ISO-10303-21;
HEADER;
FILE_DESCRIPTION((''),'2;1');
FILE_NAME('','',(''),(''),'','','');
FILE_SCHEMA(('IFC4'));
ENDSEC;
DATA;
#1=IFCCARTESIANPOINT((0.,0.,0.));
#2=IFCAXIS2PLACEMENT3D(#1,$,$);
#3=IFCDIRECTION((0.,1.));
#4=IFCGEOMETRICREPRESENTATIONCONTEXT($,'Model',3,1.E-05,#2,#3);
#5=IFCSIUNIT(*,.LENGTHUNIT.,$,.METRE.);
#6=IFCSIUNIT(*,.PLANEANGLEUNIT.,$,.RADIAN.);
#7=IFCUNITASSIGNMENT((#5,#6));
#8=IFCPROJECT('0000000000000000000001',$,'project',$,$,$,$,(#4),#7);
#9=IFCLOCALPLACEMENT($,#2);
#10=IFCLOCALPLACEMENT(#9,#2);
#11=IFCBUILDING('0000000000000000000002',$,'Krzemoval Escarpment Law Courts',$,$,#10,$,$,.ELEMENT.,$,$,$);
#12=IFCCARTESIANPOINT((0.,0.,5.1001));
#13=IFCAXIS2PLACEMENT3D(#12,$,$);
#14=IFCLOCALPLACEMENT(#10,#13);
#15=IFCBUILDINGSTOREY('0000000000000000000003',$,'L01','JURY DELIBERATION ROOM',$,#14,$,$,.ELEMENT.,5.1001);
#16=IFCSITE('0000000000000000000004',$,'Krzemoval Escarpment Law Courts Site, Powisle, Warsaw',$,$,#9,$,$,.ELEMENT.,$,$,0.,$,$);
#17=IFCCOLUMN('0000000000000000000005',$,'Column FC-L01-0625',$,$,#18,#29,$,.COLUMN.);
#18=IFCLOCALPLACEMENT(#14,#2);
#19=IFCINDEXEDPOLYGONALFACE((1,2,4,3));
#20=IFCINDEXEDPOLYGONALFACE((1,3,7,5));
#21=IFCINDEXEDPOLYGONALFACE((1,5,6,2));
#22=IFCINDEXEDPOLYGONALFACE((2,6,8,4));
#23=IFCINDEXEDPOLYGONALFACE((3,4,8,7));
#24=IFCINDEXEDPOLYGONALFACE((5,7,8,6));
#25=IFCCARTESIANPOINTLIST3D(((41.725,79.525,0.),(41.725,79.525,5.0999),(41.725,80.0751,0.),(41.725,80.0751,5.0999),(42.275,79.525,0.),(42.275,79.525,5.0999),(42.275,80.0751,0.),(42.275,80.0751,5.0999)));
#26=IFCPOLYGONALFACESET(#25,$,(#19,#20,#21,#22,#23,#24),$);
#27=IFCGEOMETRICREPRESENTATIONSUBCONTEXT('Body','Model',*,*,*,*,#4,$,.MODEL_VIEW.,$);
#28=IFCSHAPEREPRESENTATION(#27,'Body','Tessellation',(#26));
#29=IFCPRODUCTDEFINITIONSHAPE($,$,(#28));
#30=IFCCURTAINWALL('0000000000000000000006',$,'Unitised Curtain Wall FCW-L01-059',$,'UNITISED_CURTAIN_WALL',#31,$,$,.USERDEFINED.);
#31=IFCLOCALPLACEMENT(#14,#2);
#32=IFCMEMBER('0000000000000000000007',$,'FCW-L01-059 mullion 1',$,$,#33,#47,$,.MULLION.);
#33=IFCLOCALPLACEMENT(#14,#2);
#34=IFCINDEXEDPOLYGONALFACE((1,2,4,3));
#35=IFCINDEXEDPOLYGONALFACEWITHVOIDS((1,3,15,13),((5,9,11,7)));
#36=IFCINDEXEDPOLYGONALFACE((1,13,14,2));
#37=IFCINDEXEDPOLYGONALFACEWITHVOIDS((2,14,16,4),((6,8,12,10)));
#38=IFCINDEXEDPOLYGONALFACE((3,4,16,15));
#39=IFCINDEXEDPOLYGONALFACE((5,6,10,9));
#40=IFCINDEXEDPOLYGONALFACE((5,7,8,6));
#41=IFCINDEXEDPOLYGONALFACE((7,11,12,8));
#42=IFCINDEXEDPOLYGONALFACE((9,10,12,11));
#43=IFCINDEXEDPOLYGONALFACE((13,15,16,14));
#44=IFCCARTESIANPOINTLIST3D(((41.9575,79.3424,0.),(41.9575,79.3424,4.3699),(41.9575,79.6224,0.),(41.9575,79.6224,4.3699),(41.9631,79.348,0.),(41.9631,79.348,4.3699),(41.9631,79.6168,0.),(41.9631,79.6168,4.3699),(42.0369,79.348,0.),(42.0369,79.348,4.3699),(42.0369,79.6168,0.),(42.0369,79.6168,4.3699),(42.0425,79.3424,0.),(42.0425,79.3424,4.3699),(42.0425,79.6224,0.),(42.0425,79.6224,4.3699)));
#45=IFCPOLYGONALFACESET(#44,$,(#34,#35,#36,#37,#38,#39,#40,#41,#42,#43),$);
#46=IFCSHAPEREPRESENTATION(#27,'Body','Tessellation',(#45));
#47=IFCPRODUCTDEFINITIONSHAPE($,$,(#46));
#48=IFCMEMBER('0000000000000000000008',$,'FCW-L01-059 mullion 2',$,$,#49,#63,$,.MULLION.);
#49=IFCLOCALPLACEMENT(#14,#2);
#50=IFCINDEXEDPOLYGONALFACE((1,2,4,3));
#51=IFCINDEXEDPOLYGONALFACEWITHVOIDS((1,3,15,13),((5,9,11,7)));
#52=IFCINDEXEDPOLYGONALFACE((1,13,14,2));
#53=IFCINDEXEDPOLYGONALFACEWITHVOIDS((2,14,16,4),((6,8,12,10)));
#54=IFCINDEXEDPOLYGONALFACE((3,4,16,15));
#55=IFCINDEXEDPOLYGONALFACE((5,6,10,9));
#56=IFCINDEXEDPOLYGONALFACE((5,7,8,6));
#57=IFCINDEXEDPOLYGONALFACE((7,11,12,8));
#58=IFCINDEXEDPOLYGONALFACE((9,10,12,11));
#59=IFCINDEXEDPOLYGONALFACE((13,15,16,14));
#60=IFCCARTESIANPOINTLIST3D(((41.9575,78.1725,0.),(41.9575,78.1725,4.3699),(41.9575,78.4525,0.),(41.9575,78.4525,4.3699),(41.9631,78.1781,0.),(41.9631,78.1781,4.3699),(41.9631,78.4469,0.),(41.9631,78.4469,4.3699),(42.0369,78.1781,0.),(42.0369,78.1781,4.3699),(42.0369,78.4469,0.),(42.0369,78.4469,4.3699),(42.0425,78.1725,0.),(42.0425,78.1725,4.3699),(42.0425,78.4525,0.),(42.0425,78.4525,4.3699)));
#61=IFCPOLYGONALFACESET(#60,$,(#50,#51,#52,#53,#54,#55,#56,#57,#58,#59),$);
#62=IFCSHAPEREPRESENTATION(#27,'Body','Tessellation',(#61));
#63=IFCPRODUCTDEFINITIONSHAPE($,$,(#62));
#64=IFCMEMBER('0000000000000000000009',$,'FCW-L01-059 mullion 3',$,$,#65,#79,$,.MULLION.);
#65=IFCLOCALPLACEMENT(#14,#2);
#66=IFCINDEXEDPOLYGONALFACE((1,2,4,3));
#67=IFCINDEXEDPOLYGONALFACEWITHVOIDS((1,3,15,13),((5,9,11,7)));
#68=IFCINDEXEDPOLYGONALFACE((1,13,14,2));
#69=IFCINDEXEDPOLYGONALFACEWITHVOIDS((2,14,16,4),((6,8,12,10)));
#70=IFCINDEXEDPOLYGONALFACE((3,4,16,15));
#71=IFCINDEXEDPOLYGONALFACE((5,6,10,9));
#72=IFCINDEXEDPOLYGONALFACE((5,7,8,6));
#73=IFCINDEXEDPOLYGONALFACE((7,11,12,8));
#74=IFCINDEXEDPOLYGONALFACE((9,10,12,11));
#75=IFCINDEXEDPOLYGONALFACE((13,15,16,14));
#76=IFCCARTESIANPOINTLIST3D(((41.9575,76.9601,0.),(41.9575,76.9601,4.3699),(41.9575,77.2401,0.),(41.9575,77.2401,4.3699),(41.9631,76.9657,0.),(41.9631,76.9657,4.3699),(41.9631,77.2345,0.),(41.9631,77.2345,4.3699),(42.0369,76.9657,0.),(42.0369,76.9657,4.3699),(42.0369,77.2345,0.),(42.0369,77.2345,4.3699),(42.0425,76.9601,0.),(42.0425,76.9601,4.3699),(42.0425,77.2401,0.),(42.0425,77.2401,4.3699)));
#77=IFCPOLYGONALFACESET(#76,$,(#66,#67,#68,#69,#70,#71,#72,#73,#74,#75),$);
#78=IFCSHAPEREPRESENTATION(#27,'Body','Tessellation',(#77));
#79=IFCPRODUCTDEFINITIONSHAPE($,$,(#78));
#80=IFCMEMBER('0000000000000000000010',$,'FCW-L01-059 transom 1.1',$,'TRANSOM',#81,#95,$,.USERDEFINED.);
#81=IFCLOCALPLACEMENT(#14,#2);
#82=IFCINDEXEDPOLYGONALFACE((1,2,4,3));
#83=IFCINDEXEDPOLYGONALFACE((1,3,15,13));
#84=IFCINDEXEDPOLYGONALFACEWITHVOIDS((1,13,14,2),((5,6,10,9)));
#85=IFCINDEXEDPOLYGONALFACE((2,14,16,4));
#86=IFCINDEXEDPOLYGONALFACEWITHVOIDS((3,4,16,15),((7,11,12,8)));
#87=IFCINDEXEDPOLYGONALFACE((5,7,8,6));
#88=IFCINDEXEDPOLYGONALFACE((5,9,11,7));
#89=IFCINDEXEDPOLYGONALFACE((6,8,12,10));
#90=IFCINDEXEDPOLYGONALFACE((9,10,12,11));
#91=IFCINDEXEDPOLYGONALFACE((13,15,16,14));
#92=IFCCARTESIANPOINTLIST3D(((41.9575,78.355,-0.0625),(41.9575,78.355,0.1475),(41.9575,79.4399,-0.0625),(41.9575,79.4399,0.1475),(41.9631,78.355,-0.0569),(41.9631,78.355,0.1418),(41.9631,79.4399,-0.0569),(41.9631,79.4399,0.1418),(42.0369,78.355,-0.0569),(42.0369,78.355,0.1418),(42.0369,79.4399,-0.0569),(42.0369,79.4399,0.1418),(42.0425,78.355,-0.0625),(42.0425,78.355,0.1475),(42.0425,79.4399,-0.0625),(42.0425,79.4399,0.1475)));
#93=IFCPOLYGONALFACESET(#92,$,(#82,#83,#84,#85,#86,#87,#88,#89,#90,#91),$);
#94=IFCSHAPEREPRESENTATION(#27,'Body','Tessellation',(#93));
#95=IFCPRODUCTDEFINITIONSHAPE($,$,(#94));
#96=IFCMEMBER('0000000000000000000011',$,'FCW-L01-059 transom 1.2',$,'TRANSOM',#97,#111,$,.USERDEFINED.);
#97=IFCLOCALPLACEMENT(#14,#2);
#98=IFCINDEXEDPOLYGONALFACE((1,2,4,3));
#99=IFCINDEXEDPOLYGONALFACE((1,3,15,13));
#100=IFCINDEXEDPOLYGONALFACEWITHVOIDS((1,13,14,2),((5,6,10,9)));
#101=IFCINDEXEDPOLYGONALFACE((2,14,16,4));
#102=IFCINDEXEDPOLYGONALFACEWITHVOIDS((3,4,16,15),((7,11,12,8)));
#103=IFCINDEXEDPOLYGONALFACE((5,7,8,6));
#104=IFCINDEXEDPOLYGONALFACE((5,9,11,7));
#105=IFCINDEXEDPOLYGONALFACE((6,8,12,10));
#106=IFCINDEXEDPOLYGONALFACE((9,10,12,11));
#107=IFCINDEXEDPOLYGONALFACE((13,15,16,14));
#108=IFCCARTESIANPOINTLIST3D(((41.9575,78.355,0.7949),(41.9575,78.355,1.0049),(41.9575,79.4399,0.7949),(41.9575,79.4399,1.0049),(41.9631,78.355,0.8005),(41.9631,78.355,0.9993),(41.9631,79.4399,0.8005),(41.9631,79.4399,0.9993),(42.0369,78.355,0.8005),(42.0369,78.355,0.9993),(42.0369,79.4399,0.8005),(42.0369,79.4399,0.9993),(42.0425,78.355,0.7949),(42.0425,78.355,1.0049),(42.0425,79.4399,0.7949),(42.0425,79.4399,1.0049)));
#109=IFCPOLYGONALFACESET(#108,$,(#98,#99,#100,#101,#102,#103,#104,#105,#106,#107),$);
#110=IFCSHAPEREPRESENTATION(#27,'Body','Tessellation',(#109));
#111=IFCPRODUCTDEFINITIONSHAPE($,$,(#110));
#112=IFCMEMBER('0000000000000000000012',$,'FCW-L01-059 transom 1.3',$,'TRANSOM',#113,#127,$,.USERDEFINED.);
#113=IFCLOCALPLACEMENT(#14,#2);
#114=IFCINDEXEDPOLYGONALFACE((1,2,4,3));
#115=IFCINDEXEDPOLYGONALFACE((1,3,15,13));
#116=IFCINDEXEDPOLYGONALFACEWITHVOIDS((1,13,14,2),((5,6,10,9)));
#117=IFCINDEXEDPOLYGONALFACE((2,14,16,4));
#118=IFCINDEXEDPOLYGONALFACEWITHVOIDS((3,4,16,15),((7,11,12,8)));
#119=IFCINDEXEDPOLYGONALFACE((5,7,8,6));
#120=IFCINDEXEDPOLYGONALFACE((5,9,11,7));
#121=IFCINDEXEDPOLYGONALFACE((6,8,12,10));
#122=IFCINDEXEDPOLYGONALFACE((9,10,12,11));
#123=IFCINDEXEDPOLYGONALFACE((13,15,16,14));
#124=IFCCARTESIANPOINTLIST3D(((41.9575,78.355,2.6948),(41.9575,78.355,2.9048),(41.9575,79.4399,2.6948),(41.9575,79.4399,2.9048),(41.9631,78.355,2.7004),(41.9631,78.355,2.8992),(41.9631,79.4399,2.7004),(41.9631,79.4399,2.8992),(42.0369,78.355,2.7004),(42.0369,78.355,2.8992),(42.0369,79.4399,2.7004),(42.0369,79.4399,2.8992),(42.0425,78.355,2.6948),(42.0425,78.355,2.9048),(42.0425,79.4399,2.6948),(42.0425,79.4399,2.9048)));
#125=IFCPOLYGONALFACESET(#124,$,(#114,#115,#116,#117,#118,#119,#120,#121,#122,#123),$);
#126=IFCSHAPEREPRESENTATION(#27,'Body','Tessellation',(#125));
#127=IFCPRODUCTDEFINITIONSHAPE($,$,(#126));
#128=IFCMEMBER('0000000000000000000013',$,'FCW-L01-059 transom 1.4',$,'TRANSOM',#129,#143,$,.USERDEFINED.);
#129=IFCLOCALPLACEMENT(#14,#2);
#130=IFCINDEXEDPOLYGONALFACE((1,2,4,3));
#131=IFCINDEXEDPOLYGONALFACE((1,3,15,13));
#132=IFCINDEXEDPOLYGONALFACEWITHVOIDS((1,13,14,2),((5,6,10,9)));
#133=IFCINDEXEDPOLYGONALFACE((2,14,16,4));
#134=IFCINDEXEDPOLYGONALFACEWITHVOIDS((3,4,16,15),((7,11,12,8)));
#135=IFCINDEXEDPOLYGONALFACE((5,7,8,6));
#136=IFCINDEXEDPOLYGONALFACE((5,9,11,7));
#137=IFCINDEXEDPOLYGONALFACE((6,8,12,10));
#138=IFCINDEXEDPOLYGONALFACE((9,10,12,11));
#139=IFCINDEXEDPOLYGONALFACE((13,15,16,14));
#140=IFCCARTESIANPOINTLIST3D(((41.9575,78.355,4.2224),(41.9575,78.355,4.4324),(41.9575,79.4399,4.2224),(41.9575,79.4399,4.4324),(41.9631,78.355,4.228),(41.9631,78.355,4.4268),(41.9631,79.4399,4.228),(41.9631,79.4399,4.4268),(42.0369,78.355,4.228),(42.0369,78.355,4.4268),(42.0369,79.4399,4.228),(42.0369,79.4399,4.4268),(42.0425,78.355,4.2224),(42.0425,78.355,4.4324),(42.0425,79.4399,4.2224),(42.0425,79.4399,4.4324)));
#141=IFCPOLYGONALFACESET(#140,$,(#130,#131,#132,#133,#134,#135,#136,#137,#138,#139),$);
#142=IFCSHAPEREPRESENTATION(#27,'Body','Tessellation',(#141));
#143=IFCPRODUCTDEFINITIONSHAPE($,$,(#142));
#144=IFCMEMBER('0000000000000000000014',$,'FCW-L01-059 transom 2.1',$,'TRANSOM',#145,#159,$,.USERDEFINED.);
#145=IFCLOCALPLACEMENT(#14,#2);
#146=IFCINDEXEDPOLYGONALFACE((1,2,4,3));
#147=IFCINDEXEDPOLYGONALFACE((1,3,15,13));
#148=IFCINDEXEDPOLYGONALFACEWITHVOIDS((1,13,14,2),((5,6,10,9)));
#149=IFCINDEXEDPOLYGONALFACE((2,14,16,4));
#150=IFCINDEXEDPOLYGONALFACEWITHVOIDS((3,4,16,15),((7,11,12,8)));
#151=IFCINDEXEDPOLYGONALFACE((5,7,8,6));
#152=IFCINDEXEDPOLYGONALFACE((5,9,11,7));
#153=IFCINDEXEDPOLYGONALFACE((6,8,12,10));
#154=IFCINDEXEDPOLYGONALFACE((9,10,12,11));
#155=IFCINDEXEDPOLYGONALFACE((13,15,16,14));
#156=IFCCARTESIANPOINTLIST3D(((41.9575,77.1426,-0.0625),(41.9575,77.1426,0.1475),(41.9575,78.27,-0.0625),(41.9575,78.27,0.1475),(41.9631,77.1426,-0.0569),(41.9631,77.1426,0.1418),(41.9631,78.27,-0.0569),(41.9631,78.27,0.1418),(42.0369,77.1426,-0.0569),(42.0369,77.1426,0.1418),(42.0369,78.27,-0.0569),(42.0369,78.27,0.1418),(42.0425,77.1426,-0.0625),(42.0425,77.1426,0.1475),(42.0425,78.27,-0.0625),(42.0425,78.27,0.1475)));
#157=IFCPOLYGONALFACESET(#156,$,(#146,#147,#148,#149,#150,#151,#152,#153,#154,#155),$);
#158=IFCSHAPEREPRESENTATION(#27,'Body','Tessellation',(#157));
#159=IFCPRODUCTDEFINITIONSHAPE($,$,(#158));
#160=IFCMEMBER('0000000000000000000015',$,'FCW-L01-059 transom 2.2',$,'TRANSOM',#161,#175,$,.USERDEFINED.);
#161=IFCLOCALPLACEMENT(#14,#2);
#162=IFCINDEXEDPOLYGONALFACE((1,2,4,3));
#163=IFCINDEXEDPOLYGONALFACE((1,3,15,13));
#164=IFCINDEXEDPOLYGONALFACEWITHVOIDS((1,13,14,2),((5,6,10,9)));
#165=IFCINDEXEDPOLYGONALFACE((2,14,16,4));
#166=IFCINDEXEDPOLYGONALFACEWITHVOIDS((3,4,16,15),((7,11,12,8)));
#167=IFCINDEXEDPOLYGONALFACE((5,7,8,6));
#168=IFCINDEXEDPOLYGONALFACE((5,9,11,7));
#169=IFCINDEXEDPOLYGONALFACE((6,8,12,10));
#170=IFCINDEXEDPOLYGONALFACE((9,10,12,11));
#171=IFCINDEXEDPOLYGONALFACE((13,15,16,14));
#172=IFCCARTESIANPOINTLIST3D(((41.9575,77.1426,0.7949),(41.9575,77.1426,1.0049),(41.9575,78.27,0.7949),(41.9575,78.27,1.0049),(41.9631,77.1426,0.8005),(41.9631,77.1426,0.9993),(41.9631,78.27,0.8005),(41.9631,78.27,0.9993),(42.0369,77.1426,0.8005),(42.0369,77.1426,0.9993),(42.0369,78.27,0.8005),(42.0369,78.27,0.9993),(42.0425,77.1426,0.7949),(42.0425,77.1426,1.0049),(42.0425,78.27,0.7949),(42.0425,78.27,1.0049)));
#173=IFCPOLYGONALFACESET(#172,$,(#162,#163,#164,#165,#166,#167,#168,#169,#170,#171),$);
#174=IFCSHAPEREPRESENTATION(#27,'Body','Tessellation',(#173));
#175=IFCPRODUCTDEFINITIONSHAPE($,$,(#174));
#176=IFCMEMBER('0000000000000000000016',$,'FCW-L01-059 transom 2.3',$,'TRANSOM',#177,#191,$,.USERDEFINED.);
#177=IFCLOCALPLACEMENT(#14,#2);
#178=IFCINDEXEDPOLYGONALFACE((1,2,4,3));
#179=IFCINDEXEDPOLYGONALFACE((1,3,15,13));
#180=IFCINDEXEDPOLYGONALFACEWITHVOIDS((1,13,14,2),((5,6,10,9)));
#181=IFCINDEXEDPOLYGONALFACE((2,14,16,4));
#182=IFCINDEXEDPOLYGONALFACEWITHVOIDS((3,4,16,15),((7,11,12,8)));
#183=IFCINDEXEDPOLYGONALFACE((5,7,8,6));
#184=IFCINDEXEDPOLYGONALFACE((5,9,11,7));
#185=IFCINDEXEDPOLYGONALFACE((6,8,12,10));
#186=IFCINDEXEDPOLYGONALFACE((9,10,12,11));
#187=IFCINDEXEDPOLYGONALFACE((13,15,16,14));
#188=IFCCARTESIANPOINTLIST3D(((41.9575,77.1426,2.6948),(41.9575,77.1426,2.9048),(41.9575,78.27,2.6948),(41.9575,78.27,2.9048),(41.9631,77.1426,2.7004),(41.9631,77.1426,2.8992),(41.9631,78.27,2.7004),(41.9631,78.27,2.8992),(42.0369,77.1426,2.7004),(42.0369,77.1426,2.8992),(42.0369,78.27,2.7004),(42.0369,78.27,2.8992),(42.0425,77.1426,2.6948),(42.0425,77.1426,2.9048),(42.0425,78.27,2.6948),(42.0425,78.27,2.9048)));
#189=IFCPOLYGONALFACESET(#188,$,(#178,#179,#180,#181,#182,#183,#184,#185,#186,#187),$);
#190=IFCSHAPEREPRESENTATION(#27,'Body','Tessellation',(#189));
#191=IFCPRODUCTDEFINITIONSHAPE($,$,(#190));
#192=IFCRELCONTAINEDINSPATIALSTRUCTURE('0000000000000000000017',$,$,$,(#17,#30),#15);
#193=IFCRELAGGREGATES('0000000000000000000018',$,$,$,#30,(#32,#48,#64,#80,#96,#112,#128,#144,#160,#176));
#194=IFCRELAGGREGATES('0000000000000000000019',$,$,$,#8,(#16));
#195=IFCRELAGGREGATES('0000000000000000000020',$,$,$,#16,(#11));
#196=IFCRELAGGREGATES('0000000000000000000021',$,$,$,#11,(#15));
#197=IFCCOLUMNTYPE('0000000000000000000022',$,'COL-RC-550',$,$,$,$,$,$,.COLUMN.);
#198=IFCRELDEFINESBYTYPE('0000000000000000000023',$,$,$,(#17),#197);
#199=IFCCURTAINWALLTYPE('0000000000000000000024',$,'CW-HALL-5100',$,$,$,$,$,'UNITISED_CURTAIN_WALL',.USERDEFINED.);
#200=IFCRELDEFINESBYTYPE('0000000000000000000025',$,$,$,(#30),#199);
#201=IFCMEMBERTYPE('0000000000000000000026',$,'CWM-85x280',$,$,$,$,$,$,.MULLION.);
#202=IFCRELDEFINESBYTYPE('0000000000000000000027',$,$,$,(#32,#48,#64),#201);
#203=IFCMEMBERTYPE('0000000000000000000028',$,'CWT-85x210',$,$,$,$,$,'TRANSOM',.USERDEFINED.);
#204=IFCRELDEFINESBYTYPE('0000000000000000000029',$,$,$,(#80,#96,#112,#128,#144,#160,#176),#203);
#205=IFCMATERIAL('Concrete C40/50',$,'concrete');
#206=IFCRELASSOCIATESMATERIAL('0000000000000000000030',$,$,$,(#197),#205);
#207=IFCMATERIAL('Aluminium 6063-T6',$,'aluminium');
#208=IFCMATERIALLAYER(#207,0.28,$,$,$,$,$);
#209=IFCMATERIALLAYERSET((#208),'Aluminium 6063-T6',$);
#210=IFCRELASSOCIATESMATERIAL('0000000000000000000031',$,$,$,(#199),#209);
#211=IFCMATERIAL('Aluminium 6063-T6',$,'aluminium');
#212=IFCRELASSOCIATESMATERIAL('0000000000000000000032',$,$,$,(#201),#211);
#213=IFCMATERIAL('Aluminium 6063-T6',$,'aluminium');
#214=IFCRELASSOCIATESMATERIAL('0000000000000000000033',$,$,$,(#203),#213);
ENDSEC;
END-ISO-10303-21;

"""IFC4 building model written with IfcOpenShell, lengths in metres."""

from ifc_helpers import new_model, si_unit, direction, frame, origin, origin_2d, place, context, subcontext, project, spatial, rectangle, hollow_rectangle, extrude, material, layer, layer_set, material_profile, profile_set, type_object, element, aggregate, save


model = new_model("IFC4")

# Units and contexts
model_context = context("Model", 3, precision=1e-05, world=origin(), true_north=direction((0.0, 1.0)))
body_context = subcontext(model_context, "Body", "Model", "MODEL_VIEW")
ifc_project = project(units=[si_unit("LENGTHUNIT", "METRE"), si_unit("PLANEANGLEUNIT", "RADIAN")], contexts=[model_context])

# Site, building, storey
site_placement = place(None, origin())
site = spatial("IfcSite", under=ifc_project, at=site_placement, Name="Krzemoval Escarpment Law Courts Site, Powisle, Warsaw", CompositionType="ELEMENT", RefElevation=0.0)
building_placement = place(site_placement, origin())
building = spatial("IfcBuilding", under=site, at=building_placement, Name="Krzemoval Escarpment Law Courts", CompositionType="ELEMENT")
storey_placement = place(building_placement, frame((0.0, 0.0, 5.1001)))
storey = spatial("IfcBuildingStorey", under=building, at=storey_placement, Name="L01", Description="JURY DELIBERATION ROOM", CompositionType="ELEMENT", Elevation=5.1001)

# Column
ifc_material_1 = material(Name="Concrete C40/50", Category="concrete")
ifc_material_profile_1 = material_profile(ifc_material_1, rectangle(XDim=0.55, YDim=0.55, at=origin_2d()), Name="RC 550x550")
ifc_profile_set_1 = profile_set([ifc_material_profile_1], Name="Concrete C40/50")
column_type = type_object("IfcColumnType", Name="COL-RC-550", PredefinedType="COLUMN", material=ifc_profile_set_1)
column_placement = place(storey_placement, frame((42.0, 79.8, 0.0), z_axis=(0.0, 0.0, 1.0), x_axis=(1.0, 0.0, 0.0)))
element("IfcColumn", 1, at=column_placement, inside=storey, type_object=column_type, Name="Column FC-L01-0625", PredefinedType="COLUMN", context=body_context, shape_type="SweptSolid", body=[
    extrude(rectangle(XDim=0.55, YDim=0.55, at=origin_2d()), origin(), (0.0, 0.0, 1.0), 5.0999),
])

# Curtain wall, members
ifc_material_2 = material(Name="Aluminium 6063-T6", Category="aluminium")
ifc_layer_1 = layer(ifc_material_2, 0.28)
ifc_layer_set_1 = layer_set([ifc_layer_1], Name="Aluminium 6063-T6")
curtain_wall_type = type_object("IfcCurtainWallType", Name="CW-HALL-5100", ElementType="UNITISED_CURTAIN_WALL", PredefinedType="USERDEFINED", material=ifc_layer_set_1)
curtain_wall_placement = place(storey_placement, origin())
curtain_wall = element("IfcCurtainWall", 2, at=curtain_wall_placement, inside=storey, type_object=curtain_wall_type, Name="Unitised Curtain Wall FCW-L01-059", ObjectType="UNITISED_CURTAIN_WALL", PredefinedType="USERDEFINED")
ifc_material_3 = material(Name="Aluminium 6063-T6", Category="aluminium")
ifc_material_profile_2 = material_profile(ifc_material_3, hollow_rectangle(XDim=0.085, YDim=0.28, WallThickness=0.0056, at=origin_2d()), Name="ALU M85x280")
ifc_profile_set_2 = profile_set([ifc_material_profile_2], Name="Aluminium 6063-T6")
member_type_1 = type_object("IfcMemberType", Name="CWM-85x280", PredefinedType="MULLION", material=ifc_profile_set_2)
member_1_placement = place(storey_placement, frame((42.0, 79.4824, 0.0), z_axis=(0.0, 0.0, 1.0), x_axis=(1.0, 0.0, 0.0)))
member_1 = element("IfcMember", 3, at=member_1_placement, type_object=member_type_1, Name="FCW-L01-059 mullion 1", PredefinedType="MULLION", context=body_context, shape_type="SweptSolid", body=[
    extrude(hollow_rectangle(XDim=0.085, YDim=0.28, WallThickness=0.0056, at=origin_2d()), origin(), (0.0, 0.0, 1.0), 4.3699),
])
member_2_placement = place(storey_placement, frame((42.0, 78.3125, 0.0), z_axis=(0.0, 0.0, 1.0), x_axis=(1.0, 0.0, 0.0)))
member_2 = element("IfcMember", 4, at=member_2_placement, type_object=member_type_1, Name="FCW-L01-059 mullion 2", PredefinedType="MULLION", context=body_context, shape_type="SweptSolid", body=[
    extrude(hollow_rectangle(XDim=0.085, YDim=0.28, WallThickness=0.0056, at=origin_2d()), origin(), (0.0, 0.0, 1.0), 4.3699),
])
member_3_placement = place(storey_placement, frame((42.0, 77.1001, 0.0), z_axis=(0.0, 0.0, 1.0), x_axis=(1.0, 0.0, 0.0)))
member_3 = element("IfcMember", 5, at=member_3_placement, type_object=member_type_1, Name="FCW-L01-059 mullion 3", PredefinedType="MULLION", context=body_context, shape_type="SweptSolid", body=[
    extrude(hollow_rectangle(XDim=0.085, YDim=0.28, WallThickness=0.0056, at=origin_2d()), origin(), (0.0, 0.0, 1.0), 4.3699),
])
ifc_material_4 = material(Name="Aluminium 6063-T6", Category="aluminium")
ifc_material_profile_3 = material_profile(ifc_material_4, hollow_rectangle(XDim=0.085, YDim=0.21, WallThickness=0.0056, at=origin_2d()), Name="ALU T85x210")
ifc_profile_set_3 = profile_set([ifc_material_profile_3], Name="Aluminium 6063-T6")
member_type_2 = type_object("IfcMemberType", Name="CWT-85x210", ElementType="TRANSOM", PredefinedType="USERDEFINED", material=ifc_profile_set_3)
member_4_placement = place(storey_placement, frame((42.0, 79.4399, 0.0425), z_axis=(0.0, -1.0, 0.0), x_axis=(1.0, 0.0, 0.0)))
member_4 = element("IfcMember", 6, at=member_4_placement, type_object=member_type_2, Name="FCW-L01-059 transom 1.1", ObjectType="TRANSOM", PredefinedType="USERDEFINED", context=body_context, shape_type="SweptSolid", body=[
    extrude(hollow_rectangle(XDim=0.085, YDim=0.21, WallThickness=0.0056, at=origin_2d()), origin(), (0.0, 0.0, 1.0), 1.085),
])
member_5_placement = place(storey_placement, frame((42.0, 79.4399, 0.8999), z_axis=(0.0, -1.0, 0.0), x_axis=(1.0, 0.0, 0.0)))
member_5 = element("IfcMember", 7, at=member_5_placement, type_object=member_type_2, Name="FCW-L01-059 transom 1.2", ObjectType="TRANSOM", PredefinedType="USERDEFINED", context=body_context, shape_type="SweptSolid", body=[
    extrude(hollow_rectangle(XDim=0.085, YDim=0.21, WallThickness=0.0056, at=origin_2d()), origin(), (0.0, 0.0, 1.0), 1.085),
])
member_6_placement = place(storey_placement, frame((42.0, 79.4399, 2.7998), z_axis=(0.0, -1.0, 0.0), x_axis=(1.0, 0.0, 0.0)))
member_6 = element("IfcMember", 8, at=member_6_placement, type_object=member_type_2, Name="FCW-L01-059 transom 1.3", ObjectType="TRANSOM", PredefinedType="USERDEFINED", context=body_context, shape_type="SweptSolid", body=[
    extrude(hollow_rectangle(XDim=0.085, YDim=0.21, WallThickness=0.0056, at=origin_2d()), origin(), (0.0, 0.0, 1.0), 1.085),
])
member_7_placement = place(storey_placement, frame((42.0, 79.4399, 4.3274), z_axis=(0.0, -1.0, 0.0), x_axis=(1.0, 0.0, 0.0)))
member_7 = element("IfcMember", 9, at=member_7_placement, type_object=member_type_2, Name="FCW-L01-059 transom 1.4", ObjectType="TRANSOM", PredefinedType="USERDEFINED", context=body_context, shape_type="SweptSolid", body=[
    extrude(hollow_rectangle(XDim=0.085, YDim=0.21, WallThickness=0.0056, at=origin_2d()), origin(), (0.0, 0.0, 1.0), 1.085),
])
member_8_placement = place(storey_placement, frame((42.0, 78.27, 0.0425), z_axis=(0.0, -1.0, 0.0), x_axis=(1.0, 0.0, 0.0)))
member_8 = element("IfcMember", 10, at=member_8_placement, type_object=member_type_2, Name="FCW-L01-059 transom 2.1", ObjectType="TRANSOM", PredefinedType="USERDEFINED", context=body_context, shape_type="SweptSolid", body=[
    extrude(hollow_rectangle(XDim=0.085, YDim=0.21, WallThickness=0.0056, at=origin_2d()), origin(), (0.0, 0.0, 1.0), 1.1274),
])
member_9_placement = place(storey_placement, frame((42.0, 78.27, 0.8999), z_axis=(0.0, -1.0, 0.0), x_axis=(1.0, 0.0, 0.0)))
member_9 = element("IfcMember", 11, at=member_9_placement, type_object=member_type_2, Name="FCW-L01-059 transom 2.2", ObjectType="TRANSOM", PredefinedType="USERDEFINED", context=body_context, shape_type="SweptSolid", body=[
    extrude(hollow_rectangle(XDim=0.085, YDim=0.21, WallThickness=0.0056, at=origin_2d()), origin(), (0.0, 0.0, 1.0), 1.1274),
])
member_10_placement = place(storey_placement, frame((42.0, 78.27, 2.7998), z_axis=(0.0, -1.0, 0.0), x_axis=(1.0, 0.0, 0.0)))
member_10 = element("IfcMember", 12, at=member_10_placement, type_object=member_type_2, Name="FCW-L01-059 transom 2.3", ObjectType="TRANSOM", PredefinedType="USERDEFINED", context=body_context, shape_type="SweptSolid", body=[
    extrude(hollow_rectangle(XDim=0.085, YDim=0.21, WallThickness=0.0056, at=origin_2d()), origin(), (0.0, 0.0, 1.0), 1.1274),
])

aggregate(curtain_wall, [member_1, member_2, member_3, member_4, member_5, member_6, member_7, member_8, member_9, member_10])

save(model, "model.ifc")
